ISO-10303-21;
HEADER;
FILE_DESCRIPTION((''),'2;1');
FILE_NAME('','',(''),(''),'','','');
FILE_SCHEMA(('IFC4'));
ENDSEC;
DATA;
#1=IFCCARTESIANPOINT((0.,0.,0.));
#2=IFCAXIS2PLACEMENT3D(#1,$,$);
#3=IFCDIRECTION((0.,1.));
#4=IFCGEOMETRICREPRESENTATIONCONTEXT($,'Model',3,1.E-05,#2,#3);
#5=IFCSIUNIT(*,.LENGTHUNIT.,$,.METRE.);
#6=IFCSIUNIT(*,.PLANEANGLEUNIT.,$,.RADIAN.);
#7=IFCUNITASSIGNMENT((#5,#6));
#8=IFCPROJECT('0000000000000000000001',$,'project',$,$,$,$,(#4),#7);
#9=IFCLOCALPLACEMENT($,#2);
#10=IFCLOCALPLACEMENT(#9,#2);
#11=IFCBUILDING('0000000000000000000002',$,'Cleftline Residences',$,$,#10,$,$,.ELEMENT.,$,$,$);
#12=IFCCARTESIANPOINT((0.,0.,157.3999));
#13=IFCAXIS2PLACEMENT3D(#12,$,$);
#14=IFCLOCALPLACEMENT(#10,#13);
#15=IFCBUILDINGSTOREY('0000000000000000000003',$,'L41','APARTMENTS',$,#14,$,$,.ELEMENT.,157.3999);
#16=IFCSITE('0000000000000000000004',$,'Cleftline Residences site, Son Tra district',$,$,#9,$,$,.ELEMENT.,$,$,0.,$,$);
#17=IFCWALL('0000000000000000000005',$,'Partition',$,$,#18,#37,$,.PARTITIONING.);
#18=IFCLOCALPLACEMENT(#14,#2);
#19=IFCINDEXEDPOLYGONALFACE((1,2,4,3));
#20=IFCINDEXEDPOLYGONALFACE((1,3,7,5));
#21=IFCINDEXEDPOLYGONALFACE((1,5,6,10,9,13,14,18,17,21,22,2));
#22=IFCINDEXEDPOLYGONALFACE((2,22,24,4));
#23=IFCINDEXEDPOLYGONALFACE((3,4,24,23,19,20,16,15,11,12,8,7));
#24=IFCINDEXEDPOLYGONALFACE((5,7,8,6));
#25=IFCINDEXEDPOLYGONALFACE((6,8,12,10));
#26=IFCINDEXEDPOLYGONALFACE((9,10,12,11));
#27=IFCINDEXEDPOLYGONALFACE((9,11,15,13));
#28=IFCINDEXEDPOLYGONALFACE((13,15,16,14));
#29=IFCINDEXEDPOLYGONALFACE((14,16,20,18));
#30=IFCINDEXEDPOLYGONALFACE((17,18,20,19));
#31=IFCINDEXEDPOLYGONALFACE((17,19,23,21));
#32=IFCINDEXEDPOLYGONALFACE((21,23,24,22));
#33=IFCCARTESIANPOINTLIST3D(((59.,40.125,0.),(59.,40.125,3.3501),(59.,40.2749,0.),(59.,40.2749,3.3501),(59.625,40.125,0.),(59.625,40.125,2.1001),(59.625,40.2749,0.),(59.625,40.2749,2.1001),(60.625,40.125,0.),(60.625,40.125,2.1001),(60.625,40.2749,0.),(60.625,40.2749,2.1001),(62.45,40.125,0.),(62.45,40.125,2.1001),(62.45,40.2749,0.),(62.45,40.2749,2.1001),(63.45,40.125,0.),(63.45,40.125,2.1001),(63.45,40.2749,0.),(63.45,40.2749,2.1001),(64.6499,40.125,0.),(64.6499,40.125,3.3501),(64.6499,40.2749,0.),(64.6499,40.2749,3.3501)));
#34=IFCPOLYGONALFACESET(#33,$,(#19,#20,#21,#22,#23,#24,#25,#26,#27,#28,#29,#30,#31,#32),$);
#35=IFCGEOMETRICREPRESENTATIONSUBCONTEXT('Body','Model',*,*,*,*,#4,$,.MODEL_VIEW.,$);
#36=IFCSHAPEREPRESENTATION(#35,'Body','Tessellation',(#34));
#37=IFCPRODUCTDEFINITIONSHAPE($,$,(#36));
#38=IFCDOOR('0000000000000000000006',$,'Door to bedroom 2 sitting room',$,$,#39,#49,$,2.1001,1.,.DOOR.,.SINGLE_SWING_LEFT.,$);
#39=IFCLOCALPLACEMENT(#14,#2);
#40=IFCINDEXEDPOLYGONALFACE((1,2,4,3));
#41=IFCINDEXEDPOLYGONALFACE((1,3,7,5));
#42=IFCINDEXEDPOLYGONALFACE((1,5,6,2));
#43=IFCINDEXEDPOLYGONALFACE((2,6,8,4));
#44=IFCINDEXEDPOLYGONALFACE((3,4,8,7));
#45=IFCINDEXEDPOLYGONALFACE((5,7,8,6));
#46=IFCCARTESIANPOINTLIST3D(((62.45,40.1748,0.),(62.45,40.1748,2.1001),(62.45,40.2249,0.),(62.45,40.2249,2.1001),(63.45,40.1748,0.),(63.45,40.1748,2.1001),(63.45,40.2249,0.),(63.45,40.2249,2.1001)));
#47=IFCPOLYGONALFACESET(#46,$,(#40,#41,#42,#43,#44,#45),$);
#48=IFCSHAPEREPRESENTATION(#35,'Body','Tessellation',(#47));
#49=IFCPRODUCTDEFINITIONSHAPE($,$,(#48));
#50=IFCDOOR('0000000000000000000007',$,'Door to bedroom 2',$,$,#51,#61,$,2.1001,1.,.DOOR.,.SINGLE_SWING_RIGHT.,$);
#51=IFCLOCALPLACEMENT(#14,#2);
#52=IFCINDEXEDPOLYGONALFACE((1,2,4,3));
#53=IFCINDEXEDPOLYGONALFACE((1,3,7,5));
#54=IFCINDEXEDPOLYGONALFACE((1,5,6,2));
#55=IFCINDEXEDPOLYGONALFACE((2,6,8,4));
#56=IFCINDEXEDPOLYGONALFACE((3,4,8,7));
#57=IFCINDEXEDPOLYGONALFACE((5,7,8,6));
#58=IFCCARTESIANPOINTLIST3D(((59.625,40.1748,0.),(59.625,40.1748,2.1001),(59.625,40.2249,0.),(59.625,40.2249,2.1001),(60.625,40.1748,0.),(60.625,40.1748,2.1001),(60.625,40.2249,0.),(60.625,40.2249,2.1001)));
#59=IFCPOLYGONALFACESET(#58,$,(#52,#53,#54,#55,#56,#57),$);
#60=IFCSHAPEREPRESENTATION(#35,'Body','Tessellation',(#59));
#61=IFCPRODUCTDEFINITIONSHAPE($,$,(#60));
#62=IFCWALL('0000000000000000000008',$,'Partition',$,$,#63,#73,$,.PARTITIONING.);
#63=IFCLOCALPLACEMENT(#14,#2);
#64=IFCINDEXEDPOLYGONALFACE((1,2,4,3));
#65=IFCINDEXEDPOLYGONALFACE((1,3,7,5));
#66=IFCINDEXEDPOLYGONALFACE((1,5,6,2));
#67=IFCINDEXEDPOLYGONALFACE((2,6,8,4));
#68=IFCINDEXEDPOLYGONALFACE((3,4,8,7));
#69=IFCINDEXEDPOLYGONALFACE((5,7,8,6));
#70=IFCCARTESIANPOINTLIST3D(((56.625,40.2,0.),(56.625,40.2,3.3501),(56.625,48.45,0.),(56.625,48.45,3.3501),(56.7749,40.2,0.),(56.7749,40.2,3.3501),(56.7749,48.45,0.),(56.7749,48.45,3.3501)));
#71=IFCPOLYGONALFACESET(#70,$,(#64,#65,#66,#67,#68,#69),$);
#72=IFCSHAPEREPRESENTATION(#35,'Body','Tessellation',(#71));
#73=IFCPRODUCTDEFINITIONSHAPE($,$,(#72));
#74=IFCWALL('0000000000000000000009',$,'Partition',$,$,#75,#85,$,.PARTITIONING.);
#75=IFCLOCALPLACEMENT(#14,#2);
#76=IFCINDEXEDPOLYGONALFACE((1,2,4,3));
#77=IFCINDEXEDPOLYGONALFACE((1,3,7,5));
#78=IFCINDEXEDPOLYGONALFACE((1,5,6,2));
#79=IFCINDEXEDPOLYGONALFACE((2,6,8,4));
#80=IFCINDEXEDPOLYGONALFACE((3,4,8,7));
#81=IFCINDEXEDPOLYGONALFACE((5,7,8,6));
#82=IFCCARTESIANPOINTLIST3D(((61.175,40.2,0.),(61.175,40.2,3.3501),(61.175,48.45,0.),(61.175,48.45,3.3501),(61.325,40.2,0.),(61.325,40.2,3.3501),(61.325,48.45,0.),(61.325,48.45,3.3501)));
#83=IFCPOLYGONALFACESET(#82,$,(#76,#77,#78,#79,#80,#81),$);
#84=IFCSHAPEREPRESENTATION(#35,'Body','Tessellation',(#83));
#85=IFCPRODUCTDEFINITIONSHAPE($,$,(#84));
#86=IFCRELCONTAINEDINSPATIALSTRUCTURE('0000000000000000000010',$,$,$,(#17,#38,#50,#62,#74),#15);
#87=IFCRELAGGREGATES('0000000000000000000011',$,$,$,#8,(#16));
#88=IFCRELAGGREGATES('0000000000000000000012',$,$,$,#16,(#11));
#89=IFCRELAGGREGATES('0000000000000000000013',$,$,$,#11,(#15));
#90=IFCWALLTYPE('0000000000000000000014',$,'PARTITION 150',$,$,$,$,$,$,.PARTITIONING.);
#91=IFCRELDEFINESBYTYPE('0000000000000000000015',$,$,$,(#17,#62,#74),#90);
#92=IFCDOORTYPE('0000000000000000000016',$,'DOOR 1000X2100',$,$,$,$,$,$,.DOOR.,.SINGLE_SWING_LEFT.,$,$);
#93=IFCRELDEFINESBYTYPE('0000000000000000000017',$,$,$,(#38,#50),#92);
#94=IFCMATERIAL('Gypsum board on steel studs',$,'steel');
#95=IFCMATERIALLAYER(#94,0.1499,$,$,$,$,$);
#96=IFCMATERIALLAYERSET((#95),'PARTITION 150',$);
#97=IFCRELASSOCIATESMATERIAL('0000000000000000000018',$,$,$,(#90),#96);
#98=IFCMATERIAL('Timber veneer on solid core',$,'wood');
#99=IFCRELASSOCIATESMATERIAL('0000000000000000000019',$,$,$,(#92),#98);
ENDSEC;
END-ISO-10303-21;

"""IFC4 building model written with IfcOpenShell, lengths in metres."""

from ifc_helpers import new_model, si_unit, direction, frame, frame_2d, origin, place, context, subcontext, project, spatial, rectangle, extrude, material, layer, layer_set, type_object, element, fill, save


model = new_model("IFC4")

# Units and contexts
model_context = context("Model", 3, precision=1e-05, world=origin(), true_north=direction((0.0, 1.0)))
body_context = subcontext(model_context, "Body", "Model", "MODEL_VIEW")
ifc_project = project(units=[si_unit("LENGTHUNIT", "METRE"), si_unit("PLANEANGLEUNIT", "RADIAN")], contexts=[model_context])

# Site, building, storey
site_placement = place(None, origin())
site = spatial("IfcSite", under=ifc_project, at=site_placement, Name="Cleftline Residences site, Son Tra district", CompositionType="ELEMENT", RefElevation=0.0)
building_placement = place(site_placement, origin())
building = spatial("IfcBuilding", under=site, at=building_placement, Name="Cleftline Residences", CompositionType="ELEMENT")
storey_placement = place(building_placement, frame((0.0, 0.0, 157.3999)))
storey = spatial("IfcBuildingStorey", under=building, at=storey_placement, Name="L41", Description="APARTMENTS", CompositionType="ELEMENT", Elevation=157.3999)

# Wall, openings, doors
ifc_material_1 = material(Name="Gypsum board on steel studs", Category="steel")
ifc_layer_1 = layer(ifc_material_1, 0.1499)
ifc_layer_set_1 = layer_set([ifc_layer_1], Name="PARTITION 150")
wall_type_1 = type_object("IfcWallType", Name="PARTITION 150", PredefinedType="PARTITIONING", material=ifc_layer_set_1)
wall_1_placement = place(storey_placement, frame((59.0, 40.2, 0.0), z_axis=(0.0, 0.0, 1.0), x_axis=(1.0, 0.0, 0.0)))
wall_1 = element("IfcWall", 1, at=wall_1_placement, inside=storey, type_object=wall_type_1, Name="Partition", PredefinedType="PARTITIONING", context=body_context, shape_type="SweptSolid", body=[
    extrude(rectangle(XDim=5.6499, YDim=0.1499, at=frame_2d((2.825, 0.0))), origin(), (0.0, 0.0, 1.0), 3.3501),
])
opening_1_placement = place(wall_1_placement, frame((3.45, 0.0, 0.0)))
opening_1 = element("IfcOpeningElement", 2, at=opening_1_placement, cuts=wall_1, PredefinedType="OPENING", context=body_context, shape_type="SweptSolid", body=[
    extrude(rectangle(XDim=1.0, YDim=2.1001, at=frame_2d((0.5, 1.05))), frame((0.0, 0.085, 0.0), z_axis=(0.0, -1.0, 0.0), x_axis=(1.0, 0.0, 0.0)), (0.0, 0.0, 1.0), 0.1699),
])
opening_2_placement = place(wall_1_placement, frame((0.625, 0.0, 0.0)))
opening_2 = element("IfcOpeningElement", 3, at=opening_2_placement, cuts=wall_1, PredefinedType="OPENING", context=body_context, shape_type="SweptSolid", body=[
    extrude(rectangle(XDim=1.0, YDim=2.1001, at=frame_2d((0.5, 1.05))), frame((0.0, 0.085, 0.0), z_axis=(0.0, -1.0, 0.0), x_axis=(1.0, 0.0, 0.0)), (0.0, 0.0, 1.0), 0.1699),
])
ifc_material_2 = material(Name="Timber veneer on solid core", Category="wood")
door_type = type_object("IfcDoorType", Name="DOOR 1000X2100", OperationType="SINGLE_SWING_LEFT", PredefinedType="DOOR", material=ifc_material_2)
door_1_placement = place(opening_1_placement, origin())
door_1 = element("IfcDoor", 4, at=door_1_placement, inside=storey, type_object=door_type, Name="Door to bedroom 2 sitting room", OperationType="SINGLE_SWING_LEFT", OverallHeight=2.1001, OverallWidth=1.0, PredefinedType="DOOR", context=body_context, shape_type="SweptSolid", body=[
    extrude(rectangle(XDim=1.0, YDim=2.1001, at=frame_2d((0.5, 1.05))), frame((0.0, 0.0249, 0.0), z_axis=(0.0, -1.0, 0.0), x_axis=(1.0, 0.0, 0.0)), (0.0, 0.0, 1.0), 0.05),
])
fill(opening_1, door_1)
door_2_placement = place(opening_2_placement, origin())
door_2 = element("IfcDoor", 5, at=door_2_placement, inside=storey, type_object=door_type, Name="Door to bedroom 2", OperationType="SINGLE_SWING_RIGHT", OverallHeight=2.1001, OverallWidth=1.0, PredefinedType="DOOR", context=body_context, shape_type="SweptSolid", body=[
    extrude(rectangle(XDim=1.0, YDim=2.1001, at=frame_2d((0.5, 1.05))), frame((0.0, 0.0249, 0.0), z_axis=(0.0, -1.0, 0.0), x_axis=(1.0, 0.0, 0.0)), (0.0, 0.0, 1.0), 0.05),
])
fill(opening_2, door_2)

# Walls
for number, where, z_axis, x_axis, name in (
    (6, (56.7, 40.2, 0.0), (0.0, 0.0, 1.0), (0.0, 1.0, 0.0), "Partition"),
    (7, (61.25, 40.2, 0.0), (0.0, 0.0, 1.0), (0.0, 1.0, 0.0), "Partition"),
):
    element("IfcWall", number, at=place(storey_placement, frame(where, z_axis=z_axis, x_axis=x_axis)), inside=storey, type_object=wall_type_1, Name=name, PredefinedType="PARTITIONING", context=body_context, shape_type="SweptSolid", body=[
        extrude(rectangle(XDim=8.25, YDim=0.1499, at=frame_2d((4.125, 0.0))), origin(), (0.0, 0.0, 1.0), 3.3501),
    ])

save(model, "model.ifc")
